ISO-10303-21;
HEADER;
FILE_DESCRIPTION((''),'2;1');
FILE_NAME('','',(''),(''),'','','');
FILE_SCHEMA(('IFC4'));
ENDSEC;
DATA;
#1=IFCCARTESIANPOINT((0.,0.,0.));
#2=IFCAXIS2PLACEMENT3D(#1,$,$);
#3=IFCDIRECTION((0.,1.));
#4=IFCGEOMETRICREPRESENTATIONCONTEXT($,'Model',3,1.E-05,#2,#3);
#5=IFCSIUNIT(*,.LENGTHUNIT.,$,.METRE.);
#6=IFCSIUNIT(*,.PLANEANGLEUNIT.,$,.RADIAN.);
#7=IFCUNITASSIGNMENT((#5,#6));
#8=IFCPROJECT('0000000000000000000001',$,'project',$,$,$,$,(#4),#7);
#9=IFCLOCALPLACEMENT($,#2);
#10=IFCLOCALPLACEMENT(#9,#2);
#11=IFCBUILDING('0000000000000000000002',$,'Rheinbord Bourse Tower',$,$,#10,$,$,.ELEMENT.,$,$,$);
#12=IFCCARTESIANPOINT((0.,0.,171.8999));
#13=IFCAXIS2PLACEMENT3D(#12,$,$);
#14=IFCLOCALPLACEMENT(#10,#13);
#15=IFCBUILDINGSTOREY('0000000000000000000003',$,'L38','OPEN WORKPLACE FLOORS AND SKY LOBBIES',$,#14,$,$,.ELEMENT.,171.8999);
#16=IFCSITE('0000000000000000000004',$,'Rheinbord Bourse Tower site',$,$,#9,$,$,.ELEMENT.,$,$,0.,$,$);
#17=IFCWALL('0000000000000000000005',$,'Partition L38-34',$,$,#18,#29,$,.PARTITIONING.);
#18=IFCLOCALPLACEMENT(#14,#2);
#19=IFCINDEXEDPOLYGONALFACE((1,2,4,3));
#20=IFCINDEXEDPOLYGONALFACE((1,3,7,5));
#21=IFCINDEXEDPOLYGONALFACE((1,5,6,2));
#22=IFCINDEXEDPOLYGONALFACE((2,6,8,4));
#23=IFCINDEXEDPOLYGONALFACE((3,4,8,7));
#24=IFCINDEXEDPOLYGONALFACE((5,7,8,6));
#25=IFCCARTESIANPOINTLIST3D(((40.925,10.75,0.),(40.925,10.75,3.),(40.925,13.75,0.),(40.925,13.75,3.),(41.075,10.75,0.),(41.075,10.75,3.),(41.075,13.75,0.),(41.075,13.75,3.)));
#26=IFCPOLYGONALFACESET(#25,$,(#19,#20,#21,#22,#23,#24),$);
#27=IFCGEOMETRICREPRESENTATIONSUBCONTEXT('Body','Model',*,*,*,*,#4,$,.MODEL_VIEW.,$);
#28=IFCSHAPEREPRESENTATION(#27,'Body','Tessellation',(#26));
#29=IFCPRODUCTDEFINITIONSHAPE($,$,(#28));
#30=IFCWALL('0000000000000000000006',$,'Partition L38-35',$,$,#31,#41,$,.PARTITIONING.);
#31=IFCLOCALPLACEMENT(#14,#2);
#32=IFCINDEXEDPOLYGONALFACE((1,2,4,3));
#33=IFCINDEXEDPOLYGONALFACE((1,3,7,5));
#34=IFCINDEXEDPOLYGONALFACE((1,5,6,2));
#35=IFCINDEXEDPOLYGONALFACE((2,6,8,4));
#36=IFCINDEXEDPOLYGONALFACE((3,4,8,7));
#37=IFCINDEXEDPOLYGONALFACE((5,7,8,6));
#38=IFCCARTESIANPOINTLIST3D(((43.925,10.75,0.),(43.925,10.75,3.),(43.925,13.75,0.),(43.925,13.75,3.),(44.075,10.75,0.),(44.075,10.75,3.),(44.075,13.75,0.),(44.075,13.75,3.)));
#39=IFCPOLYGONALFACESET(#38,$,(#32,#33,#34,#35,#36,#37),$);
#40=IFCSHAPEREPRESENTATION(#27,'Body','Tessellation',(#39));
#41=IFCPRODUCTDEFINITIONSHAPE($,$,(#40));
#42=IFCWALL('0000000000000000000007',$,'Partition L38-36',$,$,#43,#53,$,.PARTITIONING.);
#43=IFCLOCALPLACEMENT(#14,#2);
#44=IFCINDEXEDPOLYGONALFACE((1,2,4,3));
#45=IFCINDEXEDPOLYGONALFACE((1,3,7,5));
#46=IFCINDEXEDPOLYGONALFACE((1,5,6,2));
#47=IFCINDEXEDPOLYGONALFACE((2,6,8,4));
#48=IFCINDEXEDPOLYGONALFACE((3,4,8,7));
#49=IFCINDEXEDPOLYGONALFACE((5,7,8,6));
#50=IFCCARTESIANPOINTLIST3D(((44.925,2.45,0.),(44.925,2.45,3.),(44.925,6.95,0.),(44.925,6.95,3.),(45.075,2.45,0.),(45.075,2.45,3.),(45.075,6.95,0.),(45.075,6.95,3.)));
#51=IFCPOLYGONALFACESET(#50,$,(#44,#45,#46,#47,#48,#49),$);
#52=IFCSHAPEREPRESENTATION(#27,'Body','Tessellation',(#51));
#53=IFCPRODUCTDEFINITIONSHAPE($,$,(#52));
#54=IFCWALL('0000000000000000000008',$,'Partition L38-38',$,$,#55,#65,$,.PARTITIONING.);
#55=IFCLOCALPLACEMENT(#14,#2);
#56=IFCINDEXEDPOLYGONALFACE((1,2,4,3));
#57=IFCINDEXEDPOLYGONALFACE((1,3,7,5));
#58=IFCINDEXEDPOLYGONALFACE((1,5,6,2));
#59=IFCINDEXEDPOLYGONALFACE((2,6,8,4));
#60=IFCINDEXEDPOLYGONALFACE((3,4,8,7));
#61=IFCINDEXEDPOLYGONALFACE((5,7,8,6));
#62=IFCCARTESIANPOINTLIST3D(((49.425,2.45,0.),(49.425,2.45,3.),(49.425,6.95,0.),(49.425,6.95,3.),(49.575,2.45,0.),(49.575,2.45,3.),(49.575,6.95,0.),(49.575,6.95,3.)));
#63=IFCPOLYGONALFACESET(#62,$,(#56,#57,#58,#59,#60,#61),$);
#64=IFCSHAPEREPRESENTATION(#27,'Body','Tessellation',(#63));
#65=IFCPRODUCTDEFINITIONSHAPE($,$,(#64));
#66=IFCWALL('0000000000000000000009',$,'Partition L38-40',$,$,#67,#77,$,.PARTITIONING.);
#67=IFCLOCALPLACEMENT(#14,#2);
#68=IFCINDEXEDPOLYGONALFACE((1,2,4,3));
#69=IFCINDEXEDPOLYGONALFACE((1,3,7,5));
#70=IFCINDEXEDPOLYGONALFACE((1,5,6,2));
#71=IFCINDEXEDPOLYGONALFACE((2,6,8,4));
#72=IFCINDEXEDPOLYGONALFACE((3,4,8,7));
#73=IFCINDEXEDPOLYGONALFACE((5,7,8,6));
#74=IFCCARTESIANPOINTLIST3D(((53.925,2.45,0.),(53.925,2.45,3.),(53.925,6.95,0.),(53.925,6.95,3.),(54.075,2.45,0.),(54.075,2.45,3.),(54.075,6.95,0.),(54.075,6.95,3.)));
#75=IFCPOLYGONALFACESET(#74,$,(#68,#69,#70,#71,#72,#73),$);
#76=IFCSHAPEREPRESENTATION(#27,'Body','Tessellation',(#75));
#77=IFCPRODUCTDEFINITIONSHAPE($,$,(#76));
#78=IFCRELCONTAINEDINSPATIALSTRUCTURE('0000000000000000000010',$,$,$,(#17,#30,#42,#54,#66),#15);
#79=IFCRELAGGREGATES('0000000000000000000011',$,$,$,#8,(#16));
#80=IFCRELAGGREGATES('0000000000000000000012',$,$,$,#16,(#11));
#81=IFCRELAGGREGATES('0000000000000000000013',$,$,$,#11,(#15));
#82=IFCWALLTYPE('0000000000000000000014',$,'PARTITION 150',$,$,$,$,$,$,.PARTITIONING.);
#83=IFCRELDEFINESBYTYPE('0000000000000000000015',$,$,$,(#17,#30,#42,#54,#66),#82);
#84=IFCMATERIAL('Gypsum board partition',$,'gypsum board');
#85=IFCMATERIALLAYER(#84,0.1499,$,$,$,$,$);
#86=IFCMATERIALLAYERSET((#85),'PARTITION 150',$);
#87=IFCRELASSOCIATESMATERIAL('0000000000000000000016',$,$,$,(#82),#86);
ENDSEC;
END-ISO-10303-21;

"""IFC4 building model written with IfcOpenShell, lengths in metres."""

from ifc_helpers import new_model, si_unit, direction, frame, frame_2d, origin, place, context, subcontext, project, spatial, rectangle, extrude, material, layer, layer_set, type_object, element, save


model = new_model("IFC4")

# Units and contexts
model_context = context("Model", 3, precision=1e-05, world=origin(), true_north=direction((0.0, 1.0)))
body_context = subcontext(model_context, "Body", "Model", "MODEL_VIEW")
ifc_project = project(units=[si_unit("LENGTHUNIT", "METRE"), si_unit("PLANEANGLEUNIT", "RADIAN")], contexts=[model_context])

# Site, building, storey
site_placement = place(None, origin())
site = spatial("IfcSite", under=ifc_project, at=site_placement, Name="Rheinbord Bourse Tower site", CompositionType="ELEMENT", RefElevation=0.0)
building_placement = place(site_placement, origin())
building = spatial("IfcBuilding", under=site, at=building_placement, Name="Rheinbord Bourse Tower", CompositionType="ELEMENT")
storey_placement = place(building_placement, frame((0.0, 0.0, 171.8999)))
storey = spatial("IfcBuildingStorey", under=building, at=storey_placement, Name="L38", Description="OPEN WORKPLACE FLOORS AND SKY LOBBIES", CompositionType="ELEMENT", Elevation=171.8999)

# Shared definitions
ifc_material_1 = material(Name="Gypsum board partition", Category="gypsum board")
ifc_layer_1 = layer(ifc_material_1, 0.1499)
ifc_layer_set_1 = layer_set([ifc_layer_1], Name="PARTITION 150")
wall_type_1 = type_object("IfcWallType", Name="PARTITION 150", PredefinedType="PARTITIONING", material=ifc_layer_set_1)

# Walls
for number, where, z_axis, x_axis, name in (
    (1, (41.0, 10.75, 0.0), (0.0, 0.0, 1.0), (0.0, 1.0, 0.0), "Partition L38-34"),
    (2, (44.0, 10.75, 0.0), (0.0, 0.0, 1.0), (0.0, 1.0, 0.0), "Partition L38-35"),
):
    element("IfcWall", number, at=place(storey_placement, frame(where, z_axis=z_axis, x_axis=x_axis)), inside=storey, type_object=wall_type_1, Name=name, PredefinedType="PARTITIONING", context=body_context, shape_type="SweptSolid", body=[
        extrude(rectangle(XDim=3.0, YDim=0.1499, at=frame_2d((1.5, 0.0))), origin(), (0.0, 0.0, 1.0), 3.0),
    ])
for number, where, z_axis, x_axis, name in (
    (3, (45.0, 2.45, 0.0), (0.0, 0.0, 1.0), (0.0, 1.0, 0.0), "Partition L38-36"),
    (4, (49.5, 2.45, 0.0), (0.0, 0.0, 1.0), (0.0, 1.0, 0.0), "Partition L38-38"),
    (5, (54.0, 2.45, 0.0), (0.0, 0.0, 1.0), (0.0, 1.0, 0.0), "Partition L38-40"),
):
    element("IfcWall", number, at=place(storey_placement, frame(where, z_axis=z_axis, x_axis=x_axis)), inside=storey, type_object=wall_type_1, Name=name, PredefinedType="PARTITIONING", context=body_context, shape_type="SweptSolid", body=[
        extrude(rectangle(XDim=4.5, YDim=0.1499, at=frame_2d((2.25, 0.0))), origin(), (0.0, 0.0, 1.0), 3.0),
    ])

save(model, "model.ifc")
